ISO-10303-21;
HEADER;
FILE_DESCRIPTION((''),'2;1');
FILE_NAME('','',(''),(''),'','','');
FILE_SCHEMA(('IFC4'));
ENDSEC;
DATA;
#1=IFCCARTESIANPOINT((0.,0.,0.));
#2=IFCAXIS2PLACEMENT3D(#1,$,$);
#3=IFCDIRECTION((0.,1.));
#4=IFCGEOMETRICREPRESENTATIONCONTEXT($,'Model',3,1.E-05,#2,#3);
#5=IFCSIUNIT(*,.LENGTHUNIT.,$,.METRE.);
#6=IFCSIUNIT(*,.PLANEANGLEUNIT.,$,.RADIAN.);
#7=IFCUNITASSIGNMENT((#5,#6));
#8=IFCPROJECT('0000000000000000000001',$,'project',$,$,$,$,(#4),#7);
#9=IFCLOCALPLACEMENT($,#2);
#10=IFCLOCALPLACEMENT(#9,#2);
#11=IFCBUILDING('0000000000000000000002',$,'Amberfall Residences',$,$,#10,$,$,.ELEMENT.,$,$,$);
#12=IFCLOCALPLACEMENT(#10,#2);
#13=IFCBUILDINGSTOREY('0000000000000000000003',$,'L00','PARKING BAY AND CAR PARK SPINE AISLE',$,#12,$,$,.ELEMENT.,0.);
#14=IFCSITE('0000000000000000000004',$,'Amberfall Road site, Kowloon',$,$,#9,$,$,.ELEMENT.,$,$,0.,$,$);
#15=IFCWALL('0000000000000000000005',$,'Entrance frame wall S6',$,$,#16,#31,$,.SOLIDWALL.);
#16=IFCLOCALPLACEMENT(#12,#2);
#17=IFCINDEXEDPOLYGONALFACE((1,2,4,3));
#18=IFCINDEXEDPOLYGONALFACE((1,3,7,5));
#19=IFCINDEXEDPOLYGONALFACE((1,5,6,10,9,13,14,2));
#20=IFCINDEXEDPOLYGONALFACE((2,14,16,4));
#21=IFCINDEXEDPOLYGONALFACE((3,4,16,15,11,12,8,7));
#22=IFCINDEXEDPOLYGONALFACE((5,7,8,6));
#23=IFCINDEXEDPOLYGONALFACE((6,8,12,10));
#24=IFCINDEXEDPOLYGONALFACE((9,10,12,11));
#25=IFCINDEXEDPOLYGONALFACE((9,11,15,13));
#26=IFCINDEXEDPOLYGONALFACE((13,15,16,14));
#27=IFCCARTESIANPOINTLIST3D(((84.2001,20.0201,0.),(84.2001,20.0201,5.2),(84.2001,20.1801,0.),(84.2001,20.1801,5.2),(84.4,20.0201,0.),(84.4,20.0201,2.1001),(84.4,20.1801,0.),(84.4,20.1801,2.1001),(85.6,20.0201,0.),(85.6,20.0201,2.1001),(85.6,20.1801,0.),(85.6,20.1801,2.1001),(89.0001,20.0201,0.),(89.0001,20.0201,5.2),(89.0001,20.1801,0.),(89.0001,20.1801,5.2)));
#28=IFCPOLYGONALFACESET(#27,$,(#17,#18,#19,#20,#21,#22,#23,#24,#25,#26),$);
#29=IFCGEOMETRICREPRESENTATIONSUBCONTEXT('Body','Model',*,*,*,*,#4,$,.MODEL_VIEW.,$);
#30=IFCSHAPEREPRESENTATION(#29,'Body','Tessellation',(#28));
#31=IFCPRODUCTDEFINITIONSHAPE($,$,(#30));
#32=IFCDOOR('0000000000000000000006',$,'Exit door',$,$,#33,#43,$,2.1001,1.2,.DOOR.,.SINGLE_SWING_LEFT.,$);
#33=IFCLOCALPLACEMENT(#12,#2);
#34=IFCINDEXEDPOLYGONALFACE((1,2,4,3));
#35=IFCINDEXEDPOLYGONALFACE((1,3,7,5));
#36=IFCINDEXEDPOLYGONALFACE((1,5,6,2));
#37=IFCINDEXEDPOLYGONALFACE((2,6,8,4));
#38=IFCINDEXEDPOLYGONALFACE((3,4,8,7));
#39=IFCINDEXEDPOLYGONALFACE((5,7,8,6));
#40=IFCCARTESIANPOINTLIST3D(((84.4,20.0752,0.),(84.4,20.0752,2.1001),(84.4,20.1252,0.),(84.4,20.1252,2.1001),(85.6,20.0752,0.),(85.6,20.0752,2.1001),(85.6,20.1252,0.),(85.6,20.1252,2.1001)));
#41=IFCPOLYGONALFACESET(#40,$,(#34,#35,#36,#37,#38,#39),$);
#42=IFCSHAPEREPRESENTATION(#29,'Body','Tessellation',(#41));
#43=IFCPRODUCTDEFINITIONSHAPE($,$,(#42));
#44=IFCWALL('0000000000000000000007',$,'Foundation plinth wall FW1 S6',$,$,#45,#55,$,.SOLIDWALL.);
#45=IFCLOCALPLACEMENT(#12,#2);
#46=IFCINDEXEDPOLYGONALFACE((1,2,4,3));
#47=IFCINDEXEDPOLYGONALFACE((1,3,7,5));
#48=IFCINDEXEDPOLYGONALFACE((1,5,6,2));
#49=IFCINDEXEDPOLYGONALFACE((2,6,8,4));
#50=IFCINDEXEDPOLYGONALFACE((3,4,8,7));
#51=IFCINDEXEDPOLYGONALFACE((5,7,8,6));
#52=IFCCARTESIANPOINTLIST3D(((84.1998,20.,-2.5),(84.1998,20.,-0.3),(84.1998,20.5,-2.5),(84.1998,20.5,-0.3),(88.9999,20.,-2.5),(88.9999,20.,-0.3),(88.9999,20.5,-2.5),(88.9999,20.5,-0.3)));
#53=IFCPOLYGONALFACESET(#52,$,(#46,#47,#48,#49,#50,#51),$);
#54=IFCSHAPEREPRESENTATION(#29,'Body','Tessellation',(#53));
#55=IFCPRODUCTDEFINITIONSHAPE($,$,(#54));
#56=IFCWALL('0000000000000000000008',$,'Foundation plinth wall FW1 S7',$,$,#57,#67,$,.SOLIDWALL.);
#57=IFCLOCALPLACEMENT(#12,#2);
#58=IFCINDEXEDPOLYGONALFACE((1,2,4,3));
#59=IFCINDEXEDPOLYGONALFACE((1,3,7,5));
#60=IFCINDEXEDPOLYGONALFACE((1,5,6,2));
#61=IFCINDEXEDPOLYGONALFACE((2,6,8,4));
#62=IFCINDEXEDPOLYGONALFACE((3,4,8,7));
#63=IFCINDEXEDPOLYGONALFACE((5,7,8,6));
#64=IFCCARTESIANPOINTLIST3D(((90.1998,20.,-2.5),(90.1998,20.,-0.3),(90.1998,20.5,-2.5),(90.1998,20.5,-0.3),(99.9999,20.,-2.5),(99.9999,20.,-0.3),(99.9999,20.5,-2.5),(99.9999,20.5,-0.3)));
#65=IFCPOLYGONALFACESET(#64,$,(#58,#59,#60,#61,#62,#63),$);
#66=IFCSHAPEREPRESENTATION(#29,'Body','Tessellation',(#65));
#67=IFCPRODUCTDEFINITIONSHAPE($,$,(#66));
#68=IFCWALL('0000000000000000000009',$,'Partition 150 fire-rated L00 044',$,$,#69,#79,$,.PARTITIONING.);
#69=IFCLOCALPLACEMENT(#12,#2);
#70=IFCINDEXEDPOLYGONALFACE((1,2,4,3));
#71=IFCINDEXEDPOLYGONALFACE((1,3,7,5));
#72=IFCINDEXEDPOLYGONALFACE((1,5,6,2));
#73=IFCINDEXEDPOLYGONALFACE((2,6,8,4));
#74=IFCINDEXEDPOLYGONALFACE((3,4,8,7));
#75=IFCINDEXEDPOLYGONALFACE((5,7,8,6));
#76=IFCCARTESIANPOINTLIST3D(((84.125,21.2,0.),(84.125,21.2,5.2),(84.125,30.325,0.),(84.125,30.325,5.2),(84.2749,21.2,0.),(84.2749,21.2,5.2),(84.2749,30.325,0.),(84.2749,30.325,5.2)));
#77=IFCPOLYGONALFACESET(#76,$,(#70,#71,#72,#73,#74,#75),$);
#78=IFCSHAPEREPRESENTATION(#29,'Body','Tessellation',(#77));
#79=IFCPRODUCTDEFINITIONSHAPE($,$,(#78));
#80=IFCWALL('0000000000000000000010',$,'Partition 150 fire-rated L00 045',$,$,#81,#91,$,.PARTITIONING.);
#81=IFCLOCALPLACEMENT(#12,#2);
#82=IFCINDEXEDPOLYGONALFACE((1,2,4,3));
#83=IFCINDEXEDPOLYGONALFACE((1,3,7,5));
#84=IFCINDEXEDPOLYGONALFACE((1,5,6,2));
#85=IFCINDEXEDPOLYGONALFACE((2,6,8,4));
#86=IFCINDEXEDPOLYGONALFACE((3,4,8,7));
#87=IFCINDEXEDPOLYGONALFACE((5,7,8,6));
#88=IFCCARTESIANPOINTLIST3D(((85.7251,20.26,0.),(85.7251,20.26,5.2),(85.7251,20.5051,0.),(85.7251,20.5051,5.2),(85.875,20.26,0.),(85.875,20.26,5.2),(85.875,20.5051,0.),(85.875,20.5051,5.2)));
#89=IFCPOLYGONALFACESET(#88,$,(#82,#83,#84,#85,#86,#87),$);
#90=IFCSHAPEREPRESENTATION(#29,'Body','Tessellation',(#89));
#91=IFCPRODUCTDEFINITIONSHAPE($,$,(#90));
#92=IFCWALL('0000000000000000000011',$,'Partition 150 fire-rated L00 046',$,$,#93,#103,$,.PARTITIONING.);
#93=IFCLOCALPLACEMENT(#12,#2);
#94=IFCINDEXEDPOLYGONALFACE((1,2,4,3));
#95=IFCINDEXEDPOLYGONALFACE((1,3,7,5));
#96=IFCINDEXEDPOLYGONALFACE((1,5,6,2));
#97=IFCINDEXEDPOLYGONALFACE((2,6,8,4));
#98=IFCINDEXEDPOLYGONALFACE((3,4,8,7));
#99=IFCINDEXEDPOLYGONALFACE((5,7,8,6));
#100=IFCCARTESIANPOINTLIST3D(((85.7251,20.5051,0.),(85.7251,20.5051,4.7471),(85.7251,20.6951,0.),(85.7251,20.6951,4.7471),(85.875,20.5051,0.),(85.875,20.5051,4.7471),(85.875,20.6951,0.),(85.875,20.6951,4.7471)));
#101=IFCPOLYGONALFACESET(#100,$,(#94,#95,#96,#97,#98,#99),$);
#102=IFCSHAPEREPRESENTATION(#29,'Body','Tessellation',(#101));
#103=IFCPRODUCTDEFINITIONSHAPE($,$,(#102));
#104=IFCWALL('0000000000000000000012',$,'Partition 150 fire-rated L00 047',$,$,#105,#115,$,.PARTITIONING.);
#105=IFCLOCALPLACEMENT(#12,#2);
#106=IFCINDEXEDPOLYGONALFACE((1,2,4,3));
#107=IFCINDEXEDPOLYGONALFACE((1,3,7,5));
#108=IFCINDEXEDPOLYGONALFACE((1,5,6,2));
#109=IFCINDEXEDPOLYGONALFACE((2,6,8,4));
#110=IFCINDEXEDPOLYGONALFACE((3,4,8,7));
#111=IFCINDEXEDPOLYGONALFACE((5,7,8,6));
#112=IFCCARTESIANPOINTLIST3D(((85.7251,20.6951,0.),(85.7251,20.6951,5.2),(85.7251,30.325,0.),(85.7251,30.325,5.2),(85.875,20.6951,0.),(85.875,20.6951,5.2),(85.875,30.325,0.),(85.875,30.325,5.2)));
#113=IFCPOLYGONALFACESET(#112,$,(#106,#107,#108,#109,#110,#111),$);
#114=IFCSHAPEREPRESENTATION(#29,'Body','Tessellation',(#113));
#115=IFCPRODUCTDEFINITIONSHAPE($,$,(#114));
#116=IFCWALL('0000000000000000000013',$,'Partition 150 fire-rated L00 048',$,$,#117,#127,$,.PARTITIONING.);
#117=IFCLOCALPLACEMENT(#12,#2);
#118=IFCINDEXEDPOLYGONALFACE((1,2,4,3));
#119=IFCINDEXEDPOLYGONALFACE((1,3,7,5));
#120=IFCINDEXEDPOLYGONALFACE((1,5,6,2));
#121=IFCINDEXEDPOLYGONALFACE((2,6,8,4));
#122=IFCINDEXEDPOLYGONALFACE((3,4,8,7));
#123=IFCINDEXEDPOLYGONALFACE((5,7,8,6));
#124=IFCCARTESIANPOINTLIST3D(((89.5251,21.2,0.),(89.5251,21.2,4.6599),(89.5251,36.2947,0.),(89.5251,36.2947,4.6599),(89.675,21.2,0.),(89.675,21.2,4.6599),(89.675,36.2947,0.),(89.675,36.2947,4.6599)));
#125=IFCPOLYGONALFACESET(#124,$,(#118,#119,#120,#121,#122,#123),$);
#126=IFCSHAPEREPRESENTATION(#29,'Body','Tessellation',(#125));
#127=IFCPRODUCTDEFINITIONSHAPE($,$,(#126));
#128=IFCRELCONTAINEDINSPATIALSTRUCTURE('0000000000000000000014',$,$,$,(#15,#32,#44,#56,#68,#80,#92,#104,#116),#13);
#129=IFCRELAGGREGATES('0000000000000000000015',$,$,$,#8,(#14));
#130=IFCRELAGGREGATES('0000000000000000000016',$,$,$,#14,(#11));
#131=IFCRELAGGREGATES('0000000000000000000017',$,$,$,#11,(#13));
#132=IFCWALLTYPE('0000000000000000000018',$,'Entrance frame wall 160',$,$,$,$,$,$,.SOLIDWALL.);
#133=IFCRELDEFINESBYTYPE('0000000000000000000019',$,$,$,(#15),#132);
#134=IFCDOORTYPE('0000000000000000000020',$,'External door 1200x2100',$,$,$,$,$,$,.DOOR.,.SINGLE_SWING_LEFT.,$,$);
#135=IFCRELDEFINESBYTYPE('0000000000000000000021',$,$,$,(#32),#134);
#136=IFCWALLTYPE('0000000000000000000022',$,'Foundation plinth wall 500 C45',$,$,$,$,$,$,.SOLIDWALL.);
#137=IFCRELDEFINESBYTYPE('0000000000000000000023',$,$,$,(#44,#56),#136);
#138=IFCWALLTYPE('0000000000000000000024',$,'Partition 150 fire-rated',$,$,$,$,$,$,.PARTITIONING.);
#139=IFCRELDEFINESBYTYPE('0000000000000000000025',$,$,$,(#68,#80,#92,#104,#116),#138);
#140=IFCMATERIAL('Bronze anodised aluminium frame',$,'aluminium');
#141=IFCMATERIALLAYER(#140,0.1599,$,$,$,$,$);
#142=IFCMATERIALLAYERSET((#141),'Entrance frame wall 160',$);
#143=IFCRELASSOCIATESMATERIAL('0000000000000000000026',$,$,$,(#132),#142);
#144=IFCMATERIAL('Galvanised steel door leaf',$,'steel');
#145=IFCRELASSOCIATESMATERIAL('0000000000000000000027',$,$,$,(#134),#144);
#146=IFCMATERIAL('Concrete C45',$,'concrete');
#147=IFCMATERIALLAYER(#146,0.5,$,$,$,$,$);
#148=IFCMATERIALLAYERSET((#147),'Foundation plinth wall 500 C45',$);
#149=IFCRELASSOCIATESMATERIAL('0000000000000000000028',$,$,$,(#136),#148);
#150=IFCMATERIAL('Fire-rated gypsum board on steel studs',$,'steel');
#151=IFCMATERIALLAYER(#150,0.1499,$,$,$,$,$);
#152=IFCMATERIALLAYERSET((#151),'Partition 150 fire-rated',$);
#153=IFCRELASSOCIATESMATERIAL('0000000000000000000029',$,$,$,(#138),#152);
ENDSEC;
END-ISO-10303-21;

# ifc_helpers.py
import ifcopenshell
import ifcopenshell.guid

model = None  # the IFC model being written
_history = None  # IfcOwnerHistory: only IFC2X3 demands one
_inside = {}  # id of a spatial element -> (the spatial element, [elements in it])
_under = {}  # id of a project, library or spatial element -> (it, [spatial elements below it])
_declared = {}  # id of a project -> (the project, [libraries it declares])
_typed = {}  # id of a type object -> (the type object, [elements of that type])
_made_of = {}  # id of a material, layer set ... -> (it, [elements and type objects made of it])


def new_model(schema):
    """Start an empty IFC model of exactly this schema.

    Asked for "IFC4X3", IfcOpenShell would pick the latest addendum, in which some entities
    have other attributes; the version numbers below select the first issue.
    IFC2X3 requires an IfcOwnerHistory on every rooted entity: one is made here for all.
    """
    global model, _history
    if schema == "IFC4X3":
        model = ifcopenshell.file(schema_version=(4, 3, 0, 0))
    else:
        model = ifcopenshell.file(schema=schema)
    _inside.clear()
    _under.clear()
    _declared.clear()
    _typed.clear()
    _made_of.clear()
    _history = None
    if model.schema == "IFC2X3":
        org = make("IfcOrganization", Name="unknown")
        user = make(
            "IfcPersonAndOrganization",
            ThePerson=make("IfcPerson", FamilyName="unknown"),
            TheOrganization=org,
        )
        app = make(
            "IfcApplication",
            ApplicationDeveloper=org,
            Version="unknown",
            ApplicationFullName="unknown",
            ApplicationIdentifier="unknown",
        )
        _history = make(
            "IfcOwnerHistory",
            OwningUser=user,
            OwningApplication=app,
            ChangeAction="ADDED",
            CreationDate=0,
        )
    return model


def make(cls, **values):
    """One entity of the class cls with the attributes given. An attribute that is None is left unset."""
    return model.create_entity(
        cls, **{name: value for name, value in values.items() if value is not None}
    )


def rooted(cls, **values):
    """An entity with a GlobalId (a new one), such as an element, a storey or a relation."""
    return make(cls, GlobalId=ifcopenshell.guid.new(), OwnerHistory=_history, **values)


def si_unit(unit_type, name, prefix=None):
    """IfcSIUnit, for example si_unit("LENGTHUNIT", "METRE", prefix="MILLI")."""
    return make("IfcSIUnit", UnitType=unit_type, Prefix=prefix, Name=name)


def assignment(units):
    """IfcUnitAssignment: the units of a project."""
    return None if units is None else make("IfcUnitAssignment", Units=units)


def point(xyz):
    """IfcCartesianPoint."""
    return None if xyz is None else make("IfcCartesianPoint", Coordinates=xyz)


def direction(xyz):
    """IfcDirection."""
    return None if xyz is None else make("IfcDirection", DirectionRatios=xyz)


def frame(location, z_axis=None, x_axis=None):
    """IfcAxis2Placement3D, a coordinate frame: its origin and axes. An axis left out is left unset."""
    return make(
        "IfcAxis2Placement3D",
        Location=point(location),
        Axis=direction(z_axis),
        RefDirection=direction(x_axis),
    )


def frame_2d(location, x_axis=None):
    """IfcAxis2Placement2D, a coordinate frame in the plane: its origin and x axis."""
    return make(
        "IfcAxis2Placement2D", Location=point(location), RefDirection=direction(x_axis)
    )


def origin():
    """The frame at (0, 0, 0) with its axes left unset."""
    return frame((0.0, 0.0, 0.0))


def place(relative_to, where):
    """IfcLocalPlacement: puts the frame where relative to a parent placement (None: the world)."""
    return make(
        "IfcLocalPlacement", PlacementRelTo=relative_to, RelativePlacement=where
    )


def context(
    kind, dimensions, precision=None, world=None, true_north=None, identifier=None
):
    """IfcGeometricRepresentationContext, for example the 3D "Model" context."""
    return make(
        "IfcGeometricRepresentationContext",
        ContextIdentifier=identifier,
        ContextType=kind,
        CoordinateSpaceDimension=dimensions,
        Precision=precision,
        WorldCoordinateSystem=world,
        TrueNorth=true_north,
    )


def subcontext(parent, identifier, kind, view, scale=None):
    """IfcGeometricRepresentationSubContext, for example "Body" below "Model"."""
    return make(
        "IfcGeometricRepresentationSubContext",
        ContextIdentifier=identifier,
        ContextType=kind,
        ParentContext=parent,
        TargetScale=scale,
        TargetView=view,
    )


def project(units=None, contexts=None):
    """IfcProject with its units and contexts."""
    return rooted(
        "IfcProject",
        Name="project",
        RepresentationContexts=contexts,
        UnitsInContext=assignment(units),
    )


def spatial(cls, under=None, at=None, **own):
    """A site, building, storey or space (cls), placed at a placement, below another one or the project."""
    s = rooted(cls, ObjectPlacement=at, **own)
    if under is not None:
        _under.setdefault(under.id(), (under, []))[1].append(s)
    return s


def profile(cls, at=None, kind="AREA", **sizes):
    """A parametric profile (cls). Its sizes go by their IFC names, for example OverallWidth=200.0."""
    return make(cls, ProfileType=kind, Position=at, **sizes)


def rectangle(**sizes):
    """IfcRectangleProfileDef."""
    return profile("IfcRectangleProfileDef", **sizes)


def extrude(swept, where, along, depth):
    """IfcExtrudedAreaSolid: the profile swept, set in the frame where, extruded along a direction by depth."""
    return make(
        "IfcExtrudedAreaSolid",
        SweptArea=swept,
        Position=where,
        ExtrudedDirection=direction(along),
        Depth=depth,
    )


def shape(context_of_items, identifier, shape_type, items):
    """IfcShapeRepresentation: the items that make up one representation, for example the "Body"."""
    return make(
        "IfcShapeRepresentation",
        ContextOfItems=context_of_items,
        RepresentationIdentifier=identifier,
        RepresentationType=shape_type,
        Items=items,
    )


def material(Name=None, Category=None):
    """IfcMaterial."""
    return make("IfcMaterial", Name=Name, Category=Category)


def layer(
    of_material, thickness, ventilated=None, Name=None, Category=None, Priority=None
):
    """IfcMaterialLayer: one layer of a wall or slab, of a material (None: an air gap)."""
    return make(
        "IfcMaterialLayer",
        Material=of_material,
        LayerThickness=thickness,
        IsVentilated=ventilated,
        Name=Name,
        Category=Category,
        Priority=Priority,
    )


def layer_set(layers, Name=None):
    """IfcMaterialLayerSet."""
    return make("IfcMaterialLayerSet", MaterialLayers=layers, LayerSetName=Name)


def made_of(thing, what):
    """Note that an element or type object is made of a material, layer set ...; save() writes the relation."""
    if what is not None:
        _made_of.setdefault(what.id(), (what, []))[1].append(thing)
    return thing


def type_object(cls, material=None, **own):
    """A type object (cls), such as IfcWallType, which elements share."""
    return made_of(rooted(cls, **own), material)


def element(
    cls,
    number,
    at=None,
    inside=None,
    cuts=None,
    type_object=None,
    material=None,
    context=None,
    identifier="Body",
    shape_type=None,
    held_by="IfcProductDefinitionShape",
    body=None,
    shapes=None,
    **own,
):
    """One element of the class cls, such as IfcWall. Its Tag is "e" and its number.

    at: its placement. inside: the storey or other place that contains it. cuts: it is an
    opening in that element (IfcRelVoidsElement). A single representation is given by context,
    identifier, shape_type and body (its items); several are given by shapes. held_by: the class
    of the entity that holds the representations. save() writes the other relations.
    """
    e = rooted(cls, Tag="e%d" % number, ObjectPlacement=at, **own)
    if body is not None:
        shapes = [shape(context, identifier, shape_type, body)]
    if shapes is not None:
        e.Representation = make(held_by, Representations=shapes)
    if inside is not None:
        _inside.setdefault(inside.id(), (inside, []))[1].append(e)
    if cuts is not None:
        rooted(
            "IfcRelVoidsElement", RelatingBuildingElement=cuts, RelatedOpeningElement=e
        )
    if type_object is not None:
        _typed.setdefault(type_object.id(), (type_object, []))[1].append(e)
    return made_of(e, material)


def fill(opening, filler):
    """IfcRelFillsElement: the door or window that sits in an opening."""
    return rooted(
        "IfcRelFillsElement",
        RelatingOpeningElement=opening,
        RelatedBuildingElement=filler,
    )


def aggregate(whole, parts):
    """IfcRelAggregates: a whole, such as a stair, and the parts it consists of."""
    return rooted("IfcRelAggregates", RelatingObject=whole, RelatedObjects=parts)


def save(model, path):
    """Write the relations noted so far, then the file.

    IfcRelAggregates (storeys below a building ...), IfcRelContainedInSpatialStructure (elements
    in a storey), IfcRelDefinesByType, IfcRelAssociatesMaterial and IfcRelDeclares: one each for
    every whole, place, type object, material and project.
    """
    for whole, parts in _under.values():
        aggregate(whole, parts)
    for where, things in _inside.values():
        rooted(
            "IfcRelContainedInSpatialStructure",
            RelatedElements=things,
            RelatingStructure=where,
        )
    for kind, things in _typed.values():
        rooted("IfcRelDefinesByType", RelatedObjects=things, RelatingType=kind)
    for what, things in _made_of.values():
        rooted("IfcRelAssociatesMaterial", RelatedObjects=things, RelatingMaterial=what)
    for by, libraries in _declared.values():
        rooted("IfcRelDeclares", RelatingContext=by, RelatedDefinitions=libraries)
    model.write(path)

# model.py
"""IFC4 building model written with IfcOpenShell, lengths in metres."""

from ifc_helpers import new_model, si_unit, direction, frame, frame_2d, origin, place, context, subcontext, project, spatial, rectangle, extrude, material, layer, layer_set, type_object, element, fill, save


model = new_model("IFC4")

# Units and contexts
model_context = context("Model", 3, precision=1e-05, world=origin(), true_north=direction((0.0, 1.0)))
body_context = subcontext(model_context, "Body", "Model", "MODEL_VIEW")
ifc_project = project(units=[si_unit("LENGTHUNIT", "METRE"), si_unit("PLANEANGLEUNIT", "RADIAN")], contexts=[model_context])

# Site, building, storey
site_placement = place(None, origin())
site = spatial("IfcSite", under=ifc_project, at=site_placement, Name="Amberfall Road site, Kowloon", CompositionType="ELEMENT", RefElevation=0.0)
building_placement = place(site_placement, origin())
building = spatial("IfcBuilding", under=site, at=building_placement, Name="Amberfall Residences", CompositionType="ELEMENT")
storey_placement = place(building_placement, origin())
storey = spatial("IfcBuildingStorey", under=building, at=storey_placement, Name="L00", Description="PARKING BAY AND CAR PARK SPINE AISLE", CompositionType="ELEMENT", Elevation=0.0)

# Shared definitions
ifc_material_1 = material(Name="Concrete C45", Category="concrete")

# Wall, opening, door
ifc_material_2 = material(Name="Bronze anodised aluminium frame", Category="aluminium")
ifc_layer_1 = layer(ifc_material_2, 0.1599)
ifc_layer_set_1 = layer_set([ifc_layer_1], Name="Entrance frame wall 160")
wall_type_1 = type_object("IfcWallType", Name="Entrance frame wall 160", PredefinedType="SOLIDWALL", material=ifc_layer_set_1)
wall_1_placement = place(storey_placement, frame((89.0, 20.1001, 0.0), z_axis=(0.0, 0.0, 1.0), x_axis=(-1.0, 0.0, 0.0)))
wall_1 = element("IfcWall", 1, at=wall_1_placement, inside=storey, type_object=wall_type_1, Name="Entrance frame wall S6", PredefinedType="SOLIDWALL", context=body_context, shape_type="SweptSolid", body=[
    extrude(rectangle(XDim=4.8, YDim=0.1599, at=frame_2d((2.3999, 0.0))), origin(), (0.0, 0.0, 1.0), 5.2),
])
opening_placement = place(wall_1_placement, frame((3.3999, 0.0, 0.0)))
opening = element("IfcOpeningElement", 2, at=opening_placement, cuts=wall_1, PredefinedType="OPENING", context=body_context, shape_type="SweptSolid", body=[
    extrude(rectangle(XDim=1.2, YDim=2.1001, at=frame_2d((0.6001, 1.05))), frame((0.0, 0.0898, 0.0), z_axis=(0.0, -1.0, 0.0), x_axis=(1.0, 0.0, 0.0)), (0.0, 0.0, 1.0), 0.1799),
])
ifc_material_3 = material(Name="Galvanised steel door leaf", Category="steel")
door_type = type_object("IfcDoorType", Name="External door 1200x2100", OperationType="SINGLE_SWING_LEFT", PredefinedType="DOOR", material=ifc_material_3)
door_placement = place(opening_placement, origin())
door = element("IfcDoor", 3, at=door_placement, inside=storey, type_object=door_type, Name="Exit door", OperationType="SINGLE_SWING_LEFT", OverallHeight=2.1001, OverallWidth=1.2, PredefinedType="DOOR", context=body_context, shape_type="SweptSolid", body=[
    extrude(rectangle(XDim=1.2, YDim=2.1001, at=frame_2d((0.6001, 1.05))), frame((0.0, 0.0249, 0.0), z_axis=(0.0, -1.0, 0.0), x_axis=(1.0, 0.0, 0.0)), (0.0, 0.0, 1.0), 0.05),
])
fill(opening, door)

# Walls
ifc_layer_2 = layer(ifc_material_1, 0.5)
ifc_layer_set_2 = layer_set([ifc_layer_2], Name="Foundation plinth wall 500 C45")
wall_type_2 = type_object("IfcWallType", Name="Foundation plinth wall 500 C45", PredefinedType="SOLIDWALL", material=ifc_layer_set_2)
wall_2_placement = place(storey_placement, frame((84.2, 20.25, -2.5), z_axis=(0.0, 0.0, 1.0), x_axis=(1.0, 0.0, 0.0)))
element("IfcWall", 4, at=wall_2_placement, inside=storey, type_object=wall_type_2, Name="Foundation plinth wall FW1 S6", PredefinedType="SOLIDWALL", context=body_context, shape_type="SweptSolid", body=[
    extrude(rectangle(XDim=4.8, YDim=0.5, at=frame_2d((2.3999, 0.0))), origin(), (0.0, 0.0, 1.0), 2.2),
])
wall_3_placement = place(storey_placement, frame((90.2, 20.25, -2.5), z_axis=(0.0, 0.0, 1.0), x_axis=(1.0, 0.0, 0.0)))
element("IfcWall", 5, at=wall_3_placement, inside=storey, type_object=wall_type_2, Name="Foundation plinth wall FW1 S7", PredefinedType="SOLIDWALL", context=body_context, shape_type="SweptSolid", body=[
    extrude(rectangle(XDim=9.8, YDim=0.5, at=frame_2d((4.8999, 0.0))), origin(), (0.0, 0.0, 1.0), 2.2),
])
ifc_material_4 = material(Name="Fire-rated gypsum board on steel studs", Category="steel")
ifc_layer_3 = layer(ifc_material_4, 0.1499)
ifc_layer_set_3 = layer_set([ifc_layer_3], Name="Partition 150 fire-rated")
wall_type_3 = type_object("IfcWallType", Name="Partition 150 fire-rated", PredefinedType="PARTITIONING", material=ifc_layer_set_3)
wall_4_placement = place(storey_placement, frame((84.2, 21.2, 0.0), z_axis=(0.0, 0.0, 1.0), x_axis=(0.0, 1.0, 0.0)))
element("IfcWall", 6, at=wall_4_placement, inside=storey, type_object=wall_type_3, Name="Partition 150 fire-rated L00 044", PredefinedType="PARTITIONING", context=body_context, shape_type="SweptSolid", body=[
    extrude(rectangle(XDim=9.125, YDim=0.1499, at=frame_2d((4.5625, 0.0))), origin(), (0.0, 0.0, 1.0), 5.2),
])
wall_5_placement = place(storey_placement, frame((85.8, 20.26, 0.0), z_axis=(0.0, 0.0, 1.0), x_axis=(0.0, 1.0, 0.0)))
element("IfcWall", 7, at=wall_5_placement, inside=storey, type_object=wall_type_3, Name="Partition 150 fire-rated L00 045", PredefinedType="PARTITIONING", context=body_context, shape_type="SweptSolid", body=[
    extrude(rectangle(XDim=0.2451, YDim=0.1499, at=frame_2d((0.1226, 0.0))), origin(), (0.0, 0.0, 1.0), 5.2),
])
wall_6_placement = place(storey_placement, frame((85.8, 20.5051, 0.0), z_axis=(0.0, 0.0, 1.0), x_axis=(0.0, 1.0, 0.0)))
element("IfcWall", 8, at=wall_6_placement, inside=storey, type_object=wall_type_3, Name="Partition 150 fire-rated L00 046", PredefinedType="PARTITIONING", context=body_context, shape_type="SweptSolid", body=[
    extrude(rectangle(XDim=0.1899, YDim=0.1499, at=frame_2d((0.095, 0.0))), origin(), (0.0, 0.0, 1.0), 4.7471),
])
wall_7_placement = place(storey_placement, frame((85.8, 20.6951, 0.0), z_axis=(0.0, 0.0, 1.0), x_axis=(0.0, 1.0, 0.0)))
element("IfcWall", 9, at=wall_7_placement, inside=storey, type_object=wall_type_3, Name="Partition 150 fire-rated L00 047", PredefinedType="PARTITIONING", context=body_context, shape_type="SweptSolid", body=[
    extrude(rectangle(XDim=9.6299, YDim=0.1499, at=frame_2d((4.8149, 0.0))), origin(), (0.0, 0.0, 1.0), 5.2),
])
wall_8_placement = place(storey_placement, frame((89.6001, 21.2, 0.0), z_axis=(0.0, 0.0, 1.0), x_axis=(0.0, 1.0, 0.0)))
element("IfcWall", 10, at=wall_8_placement, inside=storey, type_object=wall_type_3, Name="Partition 150 fire-rated L00 048", PredefinedType="PARTITIONING", context=body_context, shape_type="SweptSolid", body=[
    extrude(rectangle(XDim=15.0947, YDim=0.1499, at=frame_2d((7.5474, 0.0))), origin(), (0.0, 0.0, 1.0), 4.6599),
])

save(model, "model.ifc")
